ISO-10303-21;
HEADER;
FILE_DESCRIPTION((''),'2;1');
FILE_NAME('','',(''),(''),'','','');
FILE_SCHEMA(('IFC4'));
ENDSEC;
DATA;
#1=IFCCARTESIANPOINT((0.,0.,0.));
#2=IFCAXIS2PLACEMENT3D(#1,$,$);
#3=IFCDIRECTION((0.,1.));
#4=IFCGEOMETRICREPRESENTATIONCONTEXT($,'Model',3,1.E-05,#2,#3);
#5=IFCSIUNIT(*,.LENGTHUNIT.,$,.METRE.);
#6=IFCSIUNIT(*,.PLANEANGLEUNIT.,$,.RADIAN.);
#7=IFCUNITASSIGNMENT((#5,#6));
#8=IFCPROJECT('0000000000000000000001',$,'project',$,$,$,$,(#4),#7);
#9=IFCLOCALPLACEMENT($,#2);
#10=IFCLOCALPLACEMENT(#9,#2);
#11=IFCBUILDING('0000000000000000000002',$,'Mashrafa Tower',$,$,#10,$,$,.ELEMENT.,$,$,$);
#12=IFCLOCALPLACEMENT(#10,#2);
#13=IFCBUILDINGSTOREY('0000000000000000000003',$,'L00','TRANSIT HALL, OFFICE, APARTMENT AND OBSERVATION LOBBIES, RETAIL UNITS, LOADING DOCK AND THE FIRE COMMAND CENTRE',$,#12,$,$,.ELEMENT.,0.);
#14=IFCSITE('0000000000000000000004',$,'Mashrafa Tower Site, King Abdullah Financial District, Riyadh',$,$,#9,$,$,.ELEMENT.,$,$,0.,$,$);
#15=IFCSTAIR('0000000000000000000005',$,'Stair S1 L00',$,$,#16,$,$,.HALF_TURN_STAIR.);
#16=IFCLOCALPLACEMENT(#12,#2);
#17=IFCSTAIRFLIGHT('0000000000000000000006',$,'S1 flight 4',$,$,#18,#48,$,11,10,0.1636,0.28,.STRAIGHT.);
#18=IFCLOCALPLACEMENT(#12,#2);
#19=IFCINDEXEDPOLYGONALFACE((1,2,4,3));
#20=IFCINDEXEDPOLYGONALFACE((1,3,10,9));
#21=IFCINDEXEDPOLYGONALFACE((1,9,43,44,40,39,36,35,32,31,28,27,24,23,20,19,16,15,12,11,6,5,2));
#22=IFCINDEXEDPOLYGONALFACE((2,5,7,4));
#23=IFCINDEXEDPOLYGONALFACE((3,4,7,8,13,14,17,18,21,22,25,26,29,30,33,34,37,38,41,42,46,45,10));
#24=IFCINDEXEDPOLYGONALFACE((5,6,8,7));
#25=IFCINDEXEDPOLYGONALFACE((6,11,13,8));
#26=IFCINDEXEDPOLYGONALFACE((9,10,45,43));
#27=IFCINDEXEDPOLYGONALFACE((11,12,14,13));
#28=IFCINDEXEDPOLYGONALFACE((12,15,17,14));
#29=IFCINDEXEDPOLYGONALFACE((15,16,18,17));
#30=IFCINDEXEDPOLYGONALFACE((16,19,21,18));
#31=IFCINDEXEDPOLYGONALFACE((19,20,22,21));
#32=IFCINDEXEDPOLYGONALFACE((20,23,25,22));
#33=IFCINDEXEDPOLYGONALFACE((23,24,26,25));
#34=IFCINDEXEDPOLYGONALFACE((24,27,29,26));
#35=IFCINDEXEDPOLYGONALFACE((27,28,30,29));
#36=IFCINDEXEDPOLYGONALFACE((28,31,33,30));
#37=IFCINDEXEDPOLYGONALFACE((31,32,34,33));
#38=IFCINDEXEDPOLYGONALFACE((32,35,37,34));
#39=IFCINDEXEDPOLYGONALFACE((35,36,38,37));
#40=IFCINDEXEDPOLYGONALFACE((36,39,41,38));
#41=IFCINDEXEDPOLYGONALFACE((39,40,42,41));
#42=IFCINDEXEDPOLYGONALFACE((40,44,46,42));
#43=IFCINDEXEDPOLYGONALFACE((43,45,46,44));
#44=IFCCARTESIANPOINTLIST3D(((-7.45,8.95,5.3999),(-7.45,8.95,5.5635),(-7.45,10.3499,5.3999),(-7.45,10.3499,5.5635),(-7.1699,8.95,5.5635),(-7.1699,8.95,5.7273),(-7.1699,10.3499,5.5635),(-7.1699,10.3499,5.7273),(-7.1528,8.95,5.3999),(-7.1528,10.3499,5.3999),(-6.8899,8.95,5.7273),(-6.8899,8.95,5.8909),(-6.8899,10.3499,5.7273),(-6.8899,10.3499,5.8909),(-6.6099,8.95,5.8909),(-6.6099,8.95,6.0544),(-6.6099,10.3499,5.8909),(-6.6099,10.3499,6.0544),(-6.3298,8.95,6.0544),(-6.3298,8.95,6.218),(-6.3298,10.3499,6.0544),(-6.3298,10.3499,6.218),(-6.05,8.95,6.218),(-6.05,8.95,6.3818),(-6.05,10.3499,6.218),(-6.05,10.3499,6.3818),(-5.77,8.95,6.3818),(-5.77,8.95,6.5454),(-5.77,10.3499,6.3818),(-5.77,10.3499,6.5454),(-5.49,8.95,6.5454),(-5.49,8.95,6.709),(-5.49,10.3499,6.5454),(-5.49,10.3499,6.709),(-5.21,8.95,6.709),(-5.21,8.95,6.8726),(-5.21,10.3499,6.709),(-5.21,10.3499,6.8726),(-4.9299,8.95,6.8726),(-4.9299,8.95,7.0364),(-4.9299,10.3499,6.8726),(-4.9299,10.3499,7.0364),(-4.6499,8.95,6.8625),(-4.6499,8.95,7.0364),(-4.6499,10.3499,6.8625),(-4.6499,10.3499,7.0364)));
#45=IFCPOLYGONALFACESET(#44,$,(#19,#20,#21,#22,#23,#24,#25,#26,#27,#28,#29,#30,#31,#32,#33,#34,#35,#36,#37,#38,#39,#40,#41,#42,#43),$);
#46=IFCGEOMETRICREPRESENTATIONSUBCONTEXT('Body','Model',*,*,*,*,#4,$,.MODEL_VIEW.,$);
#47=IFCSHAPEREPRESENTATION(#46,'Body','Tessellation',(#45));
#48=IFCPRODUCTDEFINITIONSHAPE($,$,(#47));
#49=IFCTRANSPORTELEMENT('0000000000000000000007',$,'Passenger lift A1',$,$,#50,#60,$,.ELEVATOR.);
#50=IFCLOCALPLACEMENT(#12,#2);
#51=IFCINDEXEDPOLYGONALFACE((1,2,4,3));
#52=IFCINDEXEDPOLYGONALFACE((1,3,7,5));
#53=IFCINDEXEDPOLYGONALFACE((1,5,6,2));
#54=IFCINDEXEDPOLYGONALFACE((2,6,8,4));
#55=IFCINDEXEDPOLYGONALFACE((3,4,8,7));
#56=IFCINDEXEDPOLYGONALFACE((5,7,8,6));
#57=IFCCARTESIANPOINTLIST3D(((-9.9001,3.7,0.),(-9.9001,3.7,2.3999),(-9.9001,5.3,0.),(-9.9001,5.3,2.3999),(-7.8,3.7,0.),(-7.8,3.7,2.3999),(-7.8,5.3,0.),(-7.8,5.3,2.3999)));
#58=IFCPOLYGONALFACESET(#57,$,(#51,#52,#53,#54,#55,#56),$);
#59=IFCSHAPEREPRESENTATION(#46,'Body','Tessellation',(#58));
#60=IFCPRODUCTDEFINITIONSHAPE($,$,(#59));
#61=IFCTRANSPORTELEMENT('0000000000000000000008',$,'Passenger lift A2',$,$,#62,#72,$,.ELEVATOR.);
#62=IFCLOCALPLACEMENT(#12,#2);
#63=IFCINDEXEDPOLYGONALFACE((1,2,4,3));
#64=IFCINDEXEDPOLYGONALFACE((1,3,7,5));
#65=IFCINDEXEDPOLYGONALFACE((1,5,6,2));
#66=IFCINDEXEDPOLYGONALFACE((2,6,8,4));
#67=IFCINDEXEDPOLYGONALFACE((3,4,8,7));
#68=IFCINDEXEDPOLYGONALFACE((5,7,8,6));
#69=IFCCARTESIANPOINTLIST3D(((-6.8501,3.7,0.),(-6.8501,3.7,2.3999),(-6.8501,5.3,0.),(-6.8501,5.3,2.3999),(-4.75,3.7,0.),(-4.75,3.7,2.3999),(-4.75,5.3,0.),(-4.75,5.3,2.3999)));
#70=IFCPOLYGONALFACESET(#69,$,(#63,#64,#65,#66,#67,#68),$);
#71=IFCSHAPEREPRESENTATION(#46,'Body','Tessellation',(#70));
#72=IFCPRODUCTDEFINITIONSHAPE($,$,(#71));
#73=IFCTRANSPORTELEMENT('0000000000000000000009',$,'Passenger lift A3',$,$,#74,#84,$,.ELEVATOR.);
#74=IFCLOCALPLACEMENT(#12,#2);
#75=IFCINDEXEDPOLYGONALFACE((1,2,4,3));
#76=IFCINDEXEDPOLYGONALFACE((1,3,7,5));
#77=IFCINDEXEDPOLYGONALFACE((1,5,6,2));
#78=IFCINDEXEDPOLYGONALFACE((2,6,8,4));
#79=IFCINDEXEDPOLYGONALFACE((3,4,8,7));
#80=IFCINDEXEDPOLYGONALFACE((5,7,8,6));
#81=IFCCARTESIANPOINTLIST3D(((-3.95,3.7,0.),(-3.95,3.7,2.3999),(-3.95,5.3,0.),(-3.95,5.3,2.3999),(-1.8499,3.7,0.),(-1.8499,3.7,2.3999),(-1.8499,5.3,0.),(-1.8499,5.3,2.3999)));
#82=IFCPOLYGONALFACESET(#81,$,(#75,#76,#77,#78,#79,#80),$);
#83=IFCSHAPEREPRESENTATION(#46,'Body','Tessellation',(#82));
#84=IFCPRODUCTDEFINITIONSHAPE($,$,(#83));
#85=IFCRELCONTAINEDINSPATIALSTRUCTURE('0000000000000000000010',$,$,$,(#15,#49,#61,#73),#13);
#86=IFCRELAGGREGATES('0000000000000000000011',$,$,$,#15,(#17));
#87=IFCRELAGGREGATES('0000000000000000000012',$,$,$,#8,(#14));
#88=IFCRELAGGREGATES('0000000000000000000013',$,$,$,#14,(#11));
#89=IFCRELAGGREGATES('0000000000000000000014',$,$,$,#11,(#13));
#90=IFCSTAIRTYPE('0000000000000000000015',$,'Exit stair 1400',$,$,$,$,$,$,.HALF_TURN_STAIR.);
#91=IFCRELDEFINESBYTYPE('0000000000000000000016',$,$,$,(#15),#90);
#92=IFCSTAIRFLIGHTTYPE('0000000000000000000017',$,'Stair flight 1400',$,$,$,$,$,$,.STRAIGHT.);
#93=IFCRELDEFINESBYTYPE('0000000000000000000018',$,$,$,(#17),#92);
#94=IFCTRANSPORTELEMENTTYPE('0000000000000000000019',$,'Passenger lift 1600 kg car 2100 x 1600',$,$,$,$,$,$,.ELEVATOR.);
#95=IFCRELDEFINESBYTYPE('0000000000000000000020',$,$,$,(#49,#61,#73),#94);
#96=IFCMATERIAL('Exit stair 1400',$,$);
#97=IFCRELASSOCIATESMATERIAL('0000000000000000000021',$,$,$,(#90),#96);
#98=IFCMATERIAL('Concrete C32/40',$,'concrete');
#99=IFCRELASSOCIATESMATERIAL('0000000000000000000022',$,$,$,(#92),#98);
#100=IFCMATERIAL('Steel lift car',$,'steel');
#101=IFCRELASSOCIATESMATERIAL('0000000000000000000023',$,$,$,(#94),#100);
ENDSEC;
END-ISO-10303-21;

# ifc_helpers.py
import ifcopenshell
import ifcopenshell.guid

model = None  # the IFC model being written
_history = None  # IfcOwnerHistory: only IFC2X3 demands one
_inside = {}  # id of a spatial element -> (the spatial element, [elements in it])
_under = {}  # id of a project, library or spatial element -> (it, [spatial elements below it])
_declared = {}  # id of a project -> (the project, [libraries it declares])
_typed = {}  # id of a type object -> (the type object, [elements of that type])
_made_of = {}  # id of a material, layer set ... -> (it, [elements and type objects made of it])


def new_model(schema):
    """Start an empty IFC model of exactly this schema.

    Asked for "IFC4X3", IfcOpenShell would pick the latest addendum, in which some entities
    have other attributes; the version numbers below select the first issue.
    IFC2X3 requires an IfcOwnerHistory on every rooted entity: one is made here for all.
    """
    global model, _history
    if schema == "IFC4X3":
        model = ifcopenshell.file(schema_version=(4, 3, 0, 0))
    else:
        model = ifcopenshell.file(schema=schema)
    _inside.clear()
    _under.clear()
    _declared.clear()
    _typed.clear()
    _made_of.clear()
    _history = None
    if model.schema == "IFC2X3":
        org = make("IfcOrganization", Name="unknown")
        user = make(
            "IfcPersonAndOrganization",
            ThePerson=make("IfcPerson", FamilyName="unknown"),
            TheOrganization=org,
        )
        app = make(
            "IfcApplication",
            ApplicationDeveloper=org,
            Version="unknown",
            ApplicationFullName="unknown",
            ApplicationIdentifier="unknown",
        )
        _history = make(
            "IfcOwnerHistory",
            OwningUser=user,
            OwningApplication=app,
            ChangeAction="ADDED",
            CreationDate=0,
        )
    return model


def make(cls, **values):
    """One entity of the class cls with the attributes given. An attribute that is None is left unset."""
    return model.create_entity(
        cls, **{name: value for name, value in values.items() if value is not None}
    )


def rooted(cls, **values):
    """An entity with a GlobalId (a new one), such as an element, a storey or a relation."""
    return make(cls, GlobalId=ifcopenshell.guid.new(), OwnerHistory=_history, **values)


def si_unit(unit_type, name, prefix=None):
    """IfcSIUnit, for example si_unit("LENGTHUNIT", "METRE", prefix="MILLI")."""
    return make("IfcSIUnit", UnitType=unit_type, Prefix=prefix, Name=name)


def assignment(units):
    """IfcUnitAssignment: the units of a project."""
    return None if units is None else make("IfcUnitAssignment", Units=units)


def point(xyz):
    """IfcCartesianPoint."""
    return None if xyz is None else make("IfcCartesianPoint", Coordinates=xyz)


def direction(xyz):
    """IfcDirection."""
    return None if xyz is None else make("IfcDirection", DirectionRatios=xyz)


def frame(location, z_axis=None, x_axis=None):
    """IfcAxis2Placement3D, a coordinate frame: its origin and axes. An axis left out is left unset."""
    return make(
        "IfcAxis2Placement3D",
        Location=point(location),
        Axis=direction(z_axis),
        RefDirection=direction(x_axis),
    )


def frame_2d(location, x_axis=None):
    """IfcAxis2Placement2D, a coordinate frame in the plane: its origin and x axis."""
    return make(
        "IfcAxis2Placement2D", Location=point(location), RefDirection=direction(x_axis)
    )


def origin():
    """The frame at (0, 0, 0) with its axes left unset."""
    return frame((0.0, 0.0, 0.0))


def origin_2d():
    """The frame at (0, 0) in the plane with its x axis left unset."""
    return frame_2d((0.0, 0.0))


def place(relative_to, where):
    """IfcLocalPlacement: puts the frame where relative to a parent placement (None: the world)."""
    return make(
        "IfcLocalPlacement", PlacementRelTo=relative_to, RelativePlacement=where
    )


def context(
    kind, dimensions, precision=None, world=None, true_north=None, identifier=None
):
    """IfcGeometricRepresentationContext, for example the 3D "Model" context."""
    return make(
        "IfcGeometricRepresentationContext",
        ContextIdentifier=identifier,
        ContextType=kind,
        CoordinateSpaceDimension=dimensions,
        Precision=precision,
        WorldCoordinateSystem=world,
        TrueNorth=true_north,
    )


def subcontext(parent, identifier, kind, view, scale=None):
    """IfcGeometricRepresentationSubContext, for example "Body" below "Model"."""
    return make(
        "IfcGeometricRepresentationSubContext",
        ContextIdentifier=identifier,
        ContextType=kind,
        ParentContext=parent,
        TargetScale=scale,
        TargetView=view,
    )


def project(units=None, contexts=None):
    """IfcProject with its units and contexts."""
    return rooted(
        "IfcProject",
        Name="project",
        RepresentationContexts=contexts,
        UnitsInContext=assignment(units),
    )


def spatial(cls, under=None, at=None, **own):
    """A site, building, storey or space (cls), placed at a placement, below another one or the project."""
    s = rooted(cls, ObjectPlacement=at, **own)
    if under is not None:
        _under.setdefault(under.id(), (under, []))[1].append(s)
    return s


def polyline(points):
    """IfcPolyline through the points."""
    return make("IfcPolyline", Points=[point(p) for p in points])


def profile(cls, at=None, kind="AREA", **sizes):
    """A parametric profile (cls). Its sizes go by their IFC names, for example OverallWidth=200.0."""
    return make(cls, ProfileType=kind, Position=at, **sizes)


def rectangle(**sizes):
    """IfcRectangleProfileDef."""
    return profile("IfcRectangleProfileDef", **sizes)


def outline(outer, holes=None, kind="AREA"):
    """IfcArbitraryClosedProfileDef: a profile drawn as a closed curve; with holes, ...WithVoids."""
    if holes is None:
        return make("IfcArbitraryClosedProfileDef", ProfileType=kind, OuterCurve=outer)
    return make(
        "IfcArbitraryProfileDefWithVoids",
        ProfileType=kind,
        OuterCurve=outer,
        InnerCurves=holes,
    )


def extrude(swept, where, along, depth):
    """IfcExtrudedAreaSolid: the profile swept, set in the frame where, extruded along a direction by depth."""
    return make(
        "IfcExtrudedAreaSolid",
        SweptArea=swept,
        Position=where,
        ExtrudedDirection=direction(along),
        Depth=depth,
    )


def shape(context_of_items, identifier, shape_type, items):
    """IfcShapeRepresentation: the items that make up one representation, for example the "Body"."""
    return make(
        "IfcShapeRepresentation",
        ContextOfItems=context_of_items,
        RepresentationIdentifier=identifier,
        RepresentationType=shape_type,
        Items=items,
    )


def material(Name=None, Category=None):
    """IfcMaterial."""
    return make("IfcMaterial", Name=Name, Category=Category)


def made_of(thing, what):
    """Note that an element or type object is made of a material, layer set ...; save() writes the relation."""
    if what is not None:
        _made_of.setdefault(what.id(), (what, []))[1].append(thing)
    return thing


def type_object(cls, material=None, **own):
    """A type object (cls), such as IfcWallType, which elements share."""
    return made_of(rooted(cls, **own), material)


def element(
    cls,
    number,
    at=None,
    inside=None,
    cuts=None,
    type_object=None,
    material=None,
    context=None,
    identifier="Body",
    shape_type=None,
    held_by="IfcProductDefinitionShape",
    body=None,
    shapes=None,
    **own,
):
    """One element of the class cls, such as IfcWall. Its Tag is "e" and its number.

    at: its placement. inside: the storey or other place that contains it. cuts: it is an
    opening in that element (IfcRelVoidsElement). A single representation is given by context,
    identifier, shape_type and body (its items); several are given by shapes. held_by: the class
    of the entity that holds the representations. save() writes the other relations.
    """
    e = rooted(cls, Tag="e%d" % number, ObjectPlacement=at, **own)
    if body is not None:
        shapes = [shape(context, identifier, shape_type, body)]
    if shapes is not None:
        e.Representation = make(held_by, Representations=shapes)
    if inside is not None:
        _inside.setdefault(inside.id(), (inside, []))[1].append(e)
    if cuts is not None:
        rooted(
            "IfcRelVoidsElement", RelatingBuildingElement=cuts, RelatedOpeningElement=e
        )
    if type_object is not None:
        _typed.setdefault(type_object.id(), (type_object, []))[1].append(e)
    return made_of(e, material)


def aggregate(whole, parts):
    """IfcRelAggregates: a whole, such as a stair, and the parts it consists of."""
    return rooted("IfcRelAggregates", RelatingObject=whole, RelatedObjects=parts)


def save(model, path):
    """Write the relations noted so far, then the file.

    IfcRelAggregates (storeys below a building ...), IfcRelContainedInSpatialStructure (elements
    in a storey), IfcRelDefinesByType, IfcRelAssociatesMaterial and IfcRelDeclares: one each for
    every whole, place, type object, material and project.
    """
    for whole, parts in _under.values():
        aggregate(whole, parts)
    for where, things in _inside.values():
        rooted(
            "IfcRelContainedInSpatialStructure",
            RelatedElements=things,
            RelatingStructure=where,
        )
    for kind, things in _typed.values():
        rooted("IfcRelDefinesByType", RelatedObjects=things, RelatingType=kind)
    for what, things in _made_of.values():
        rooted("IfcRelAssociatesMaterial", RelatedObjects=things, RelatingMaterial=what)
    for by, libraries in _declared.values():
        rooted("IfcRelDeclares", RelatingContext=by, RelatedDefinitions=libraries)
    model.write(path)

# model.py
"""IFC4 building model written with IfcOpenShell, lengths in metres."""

from ifc_helpers import new_model, si_unit, direction, frame, origin, origin_2d, place, context, subcontext, project, spatial, polyline, rectangle, outline, extrude, material, type_object, element, aggregate, save


model = new_model("IFC4")

# Units and contexts
model_context = context("Model", 3, precision=1e-05, world=origin(), true_north=direction((0.0, 1.0)))
body_context = subcontext(model_context, "Body", "Model", "MODEL_VIEW")
ifc_project = project(units=[si_unit("LENGTHUNIT", "METRE"), si_unit("PLANEANGLEUNIT", "RADIAN")], contexts=[model_context])

# Site, building, storey
site_placement = place(None, origin())
site = spatial("IfcSite", under=ifc_project, at=site_placement, Name="Mashrafa Tower Site, King Abdullah Financial District, Riyadh", CompositionType="ELEMENT", RefElevation=0.0)
building_placement = place(site_placement, origin())
building = spatial("IfcBuilding", under=site, at=building_placement, Name="Mashrafa Tower", CompositionType="ELEMENT")
storey_placement = place(building_placement, origin())
storey = spatial("IfcBuildingStorey", under=building, at=storey_placement, Name="L00", Description="TRANSIT HALL, OFFICE, APARTMENT AND OBSERVATION LOBBIES, RETAIL UNITS, LOADING DOCK AND THE FIRE COMMAND CENTRE", CompositionType="ELEMENT", Elevation=0.0)

# Stair, stair flight
ifc_material_1 = material(Name="Exit stair 1400")
stair_type_1 = type_object("IfcStairType", Name="Exit stair 1400", PredefinedType="HALF_TURN_STAIR", material=ifc_material_1)
stair_1_placement = place(storey_placement, origin())
stair_1 = element("IfcStair", 1, at=stair_1_placement, inside=storey, type_object=stair_type_1, Name="Stair S1 L00", PredefinedType="HALF_TURN_STAIR")
ifc_material_2 = material(Name="Concrete C32/40", Category="concrete")
stair_flight_type = type_object("IfcStairFlightType", Name="Stair flight 1400", PredefinedType="STRAIGHT", material=ifc_material_2)
stair_flight_1_placement = place(storey_placement, frame((-7.45, 9.6499, 5.3999), z_axis=(0.0, 0.0, 1.0), x_axis=(1.0, 0.0, 0.0)))
stair_flight_1 = element("IfcStairFlight", 2, at=stair_flight_1_placement, type_object=stair_flight_type, Name="S1 flight 4", NumberOfRisers=11, NumberOfTreads=10, PredefinedType="STRAIGHT", RiserHeight=0.1636, TreadLength=0.28, context=body_context, shape_type="SweptSolid", body=[
    extrude(outline(polyline([(0.0, 0.0), (0.0, 0.1636), (0.28, 0.1636), (0.28, 0.3274), (0.5601, 0.3274), (0.5601, 0.491), (0.8401, 0.491), (0.8401, 0.6545), (1.1201, 0.6545), (1.1201, 0.8181), (1.3999, 0.8181), (1.3999, 0.9819), (1.6799, 0.9819), (1.6799, 1.1455), (1.96, 1.1455), (1.96, 1.3091), (2.24, 1.3091), (2.24, 1.4727), (2.52, 1.4727), (2.52, 1.6365), (2.8, 1.6365), (2.8, 1.8), (2.8, 1.4626), (0.2971, 0.0), (0.0, 0.0)])), frame((0.0, 0.7, 0.0), z_axis=(0.0, -1.0, 0.0), x_axis=(1.0, 0.0, 0.0)), (0.0, 0.0, 1.0), 1.3999),
])
aggregate(stair_1, [stair_flight_1])

# Transport elements
ifc_material_3 = material(Name="Steel lift car", Category="steel")
transport_element_type = type_object("IfcTransportElementType", Name="Passenger lift 1600 kg car 2100 x 1600", PredefinedType="ELEVATOR", material=ifc_material_3)
for number, where, z_axis, x_axis, name in (
    (3, (-8.8501, 4.5, 0.0), (0.0, 0.0, 1.0), (1.0, 0.0, 0.0), "Passenger lift A1"),
    (4, (-5.8, 4.5, 0.0), (0.0, 0.0, 1.0), (1.0, 0.0, 0.0), "Passenger lift A2"),
    (5, (-2.8999, 4.5, 0.0), (0.0, 0.0, 1.0), (1.0, 0.0, 0.0), "Passenger lift A3"),
):
    element("IfcTransportElement", number, at=place(storey_placement, frame(where, z_axis=z_axis, x_axis=x_axis)), inside=storey, type_object=transport_element_type, Name=name, PredefinedType="ELEVATOR", context=body_context, shape_type="SweptSolid", body=[
        extrude(rectangle(XDim=2.1001, YDim=1.6001, at=origin_2d()), origin(), (0.0, 0.0, 1.0), 2.3999),
    ])

save(model, "model.ifc")
